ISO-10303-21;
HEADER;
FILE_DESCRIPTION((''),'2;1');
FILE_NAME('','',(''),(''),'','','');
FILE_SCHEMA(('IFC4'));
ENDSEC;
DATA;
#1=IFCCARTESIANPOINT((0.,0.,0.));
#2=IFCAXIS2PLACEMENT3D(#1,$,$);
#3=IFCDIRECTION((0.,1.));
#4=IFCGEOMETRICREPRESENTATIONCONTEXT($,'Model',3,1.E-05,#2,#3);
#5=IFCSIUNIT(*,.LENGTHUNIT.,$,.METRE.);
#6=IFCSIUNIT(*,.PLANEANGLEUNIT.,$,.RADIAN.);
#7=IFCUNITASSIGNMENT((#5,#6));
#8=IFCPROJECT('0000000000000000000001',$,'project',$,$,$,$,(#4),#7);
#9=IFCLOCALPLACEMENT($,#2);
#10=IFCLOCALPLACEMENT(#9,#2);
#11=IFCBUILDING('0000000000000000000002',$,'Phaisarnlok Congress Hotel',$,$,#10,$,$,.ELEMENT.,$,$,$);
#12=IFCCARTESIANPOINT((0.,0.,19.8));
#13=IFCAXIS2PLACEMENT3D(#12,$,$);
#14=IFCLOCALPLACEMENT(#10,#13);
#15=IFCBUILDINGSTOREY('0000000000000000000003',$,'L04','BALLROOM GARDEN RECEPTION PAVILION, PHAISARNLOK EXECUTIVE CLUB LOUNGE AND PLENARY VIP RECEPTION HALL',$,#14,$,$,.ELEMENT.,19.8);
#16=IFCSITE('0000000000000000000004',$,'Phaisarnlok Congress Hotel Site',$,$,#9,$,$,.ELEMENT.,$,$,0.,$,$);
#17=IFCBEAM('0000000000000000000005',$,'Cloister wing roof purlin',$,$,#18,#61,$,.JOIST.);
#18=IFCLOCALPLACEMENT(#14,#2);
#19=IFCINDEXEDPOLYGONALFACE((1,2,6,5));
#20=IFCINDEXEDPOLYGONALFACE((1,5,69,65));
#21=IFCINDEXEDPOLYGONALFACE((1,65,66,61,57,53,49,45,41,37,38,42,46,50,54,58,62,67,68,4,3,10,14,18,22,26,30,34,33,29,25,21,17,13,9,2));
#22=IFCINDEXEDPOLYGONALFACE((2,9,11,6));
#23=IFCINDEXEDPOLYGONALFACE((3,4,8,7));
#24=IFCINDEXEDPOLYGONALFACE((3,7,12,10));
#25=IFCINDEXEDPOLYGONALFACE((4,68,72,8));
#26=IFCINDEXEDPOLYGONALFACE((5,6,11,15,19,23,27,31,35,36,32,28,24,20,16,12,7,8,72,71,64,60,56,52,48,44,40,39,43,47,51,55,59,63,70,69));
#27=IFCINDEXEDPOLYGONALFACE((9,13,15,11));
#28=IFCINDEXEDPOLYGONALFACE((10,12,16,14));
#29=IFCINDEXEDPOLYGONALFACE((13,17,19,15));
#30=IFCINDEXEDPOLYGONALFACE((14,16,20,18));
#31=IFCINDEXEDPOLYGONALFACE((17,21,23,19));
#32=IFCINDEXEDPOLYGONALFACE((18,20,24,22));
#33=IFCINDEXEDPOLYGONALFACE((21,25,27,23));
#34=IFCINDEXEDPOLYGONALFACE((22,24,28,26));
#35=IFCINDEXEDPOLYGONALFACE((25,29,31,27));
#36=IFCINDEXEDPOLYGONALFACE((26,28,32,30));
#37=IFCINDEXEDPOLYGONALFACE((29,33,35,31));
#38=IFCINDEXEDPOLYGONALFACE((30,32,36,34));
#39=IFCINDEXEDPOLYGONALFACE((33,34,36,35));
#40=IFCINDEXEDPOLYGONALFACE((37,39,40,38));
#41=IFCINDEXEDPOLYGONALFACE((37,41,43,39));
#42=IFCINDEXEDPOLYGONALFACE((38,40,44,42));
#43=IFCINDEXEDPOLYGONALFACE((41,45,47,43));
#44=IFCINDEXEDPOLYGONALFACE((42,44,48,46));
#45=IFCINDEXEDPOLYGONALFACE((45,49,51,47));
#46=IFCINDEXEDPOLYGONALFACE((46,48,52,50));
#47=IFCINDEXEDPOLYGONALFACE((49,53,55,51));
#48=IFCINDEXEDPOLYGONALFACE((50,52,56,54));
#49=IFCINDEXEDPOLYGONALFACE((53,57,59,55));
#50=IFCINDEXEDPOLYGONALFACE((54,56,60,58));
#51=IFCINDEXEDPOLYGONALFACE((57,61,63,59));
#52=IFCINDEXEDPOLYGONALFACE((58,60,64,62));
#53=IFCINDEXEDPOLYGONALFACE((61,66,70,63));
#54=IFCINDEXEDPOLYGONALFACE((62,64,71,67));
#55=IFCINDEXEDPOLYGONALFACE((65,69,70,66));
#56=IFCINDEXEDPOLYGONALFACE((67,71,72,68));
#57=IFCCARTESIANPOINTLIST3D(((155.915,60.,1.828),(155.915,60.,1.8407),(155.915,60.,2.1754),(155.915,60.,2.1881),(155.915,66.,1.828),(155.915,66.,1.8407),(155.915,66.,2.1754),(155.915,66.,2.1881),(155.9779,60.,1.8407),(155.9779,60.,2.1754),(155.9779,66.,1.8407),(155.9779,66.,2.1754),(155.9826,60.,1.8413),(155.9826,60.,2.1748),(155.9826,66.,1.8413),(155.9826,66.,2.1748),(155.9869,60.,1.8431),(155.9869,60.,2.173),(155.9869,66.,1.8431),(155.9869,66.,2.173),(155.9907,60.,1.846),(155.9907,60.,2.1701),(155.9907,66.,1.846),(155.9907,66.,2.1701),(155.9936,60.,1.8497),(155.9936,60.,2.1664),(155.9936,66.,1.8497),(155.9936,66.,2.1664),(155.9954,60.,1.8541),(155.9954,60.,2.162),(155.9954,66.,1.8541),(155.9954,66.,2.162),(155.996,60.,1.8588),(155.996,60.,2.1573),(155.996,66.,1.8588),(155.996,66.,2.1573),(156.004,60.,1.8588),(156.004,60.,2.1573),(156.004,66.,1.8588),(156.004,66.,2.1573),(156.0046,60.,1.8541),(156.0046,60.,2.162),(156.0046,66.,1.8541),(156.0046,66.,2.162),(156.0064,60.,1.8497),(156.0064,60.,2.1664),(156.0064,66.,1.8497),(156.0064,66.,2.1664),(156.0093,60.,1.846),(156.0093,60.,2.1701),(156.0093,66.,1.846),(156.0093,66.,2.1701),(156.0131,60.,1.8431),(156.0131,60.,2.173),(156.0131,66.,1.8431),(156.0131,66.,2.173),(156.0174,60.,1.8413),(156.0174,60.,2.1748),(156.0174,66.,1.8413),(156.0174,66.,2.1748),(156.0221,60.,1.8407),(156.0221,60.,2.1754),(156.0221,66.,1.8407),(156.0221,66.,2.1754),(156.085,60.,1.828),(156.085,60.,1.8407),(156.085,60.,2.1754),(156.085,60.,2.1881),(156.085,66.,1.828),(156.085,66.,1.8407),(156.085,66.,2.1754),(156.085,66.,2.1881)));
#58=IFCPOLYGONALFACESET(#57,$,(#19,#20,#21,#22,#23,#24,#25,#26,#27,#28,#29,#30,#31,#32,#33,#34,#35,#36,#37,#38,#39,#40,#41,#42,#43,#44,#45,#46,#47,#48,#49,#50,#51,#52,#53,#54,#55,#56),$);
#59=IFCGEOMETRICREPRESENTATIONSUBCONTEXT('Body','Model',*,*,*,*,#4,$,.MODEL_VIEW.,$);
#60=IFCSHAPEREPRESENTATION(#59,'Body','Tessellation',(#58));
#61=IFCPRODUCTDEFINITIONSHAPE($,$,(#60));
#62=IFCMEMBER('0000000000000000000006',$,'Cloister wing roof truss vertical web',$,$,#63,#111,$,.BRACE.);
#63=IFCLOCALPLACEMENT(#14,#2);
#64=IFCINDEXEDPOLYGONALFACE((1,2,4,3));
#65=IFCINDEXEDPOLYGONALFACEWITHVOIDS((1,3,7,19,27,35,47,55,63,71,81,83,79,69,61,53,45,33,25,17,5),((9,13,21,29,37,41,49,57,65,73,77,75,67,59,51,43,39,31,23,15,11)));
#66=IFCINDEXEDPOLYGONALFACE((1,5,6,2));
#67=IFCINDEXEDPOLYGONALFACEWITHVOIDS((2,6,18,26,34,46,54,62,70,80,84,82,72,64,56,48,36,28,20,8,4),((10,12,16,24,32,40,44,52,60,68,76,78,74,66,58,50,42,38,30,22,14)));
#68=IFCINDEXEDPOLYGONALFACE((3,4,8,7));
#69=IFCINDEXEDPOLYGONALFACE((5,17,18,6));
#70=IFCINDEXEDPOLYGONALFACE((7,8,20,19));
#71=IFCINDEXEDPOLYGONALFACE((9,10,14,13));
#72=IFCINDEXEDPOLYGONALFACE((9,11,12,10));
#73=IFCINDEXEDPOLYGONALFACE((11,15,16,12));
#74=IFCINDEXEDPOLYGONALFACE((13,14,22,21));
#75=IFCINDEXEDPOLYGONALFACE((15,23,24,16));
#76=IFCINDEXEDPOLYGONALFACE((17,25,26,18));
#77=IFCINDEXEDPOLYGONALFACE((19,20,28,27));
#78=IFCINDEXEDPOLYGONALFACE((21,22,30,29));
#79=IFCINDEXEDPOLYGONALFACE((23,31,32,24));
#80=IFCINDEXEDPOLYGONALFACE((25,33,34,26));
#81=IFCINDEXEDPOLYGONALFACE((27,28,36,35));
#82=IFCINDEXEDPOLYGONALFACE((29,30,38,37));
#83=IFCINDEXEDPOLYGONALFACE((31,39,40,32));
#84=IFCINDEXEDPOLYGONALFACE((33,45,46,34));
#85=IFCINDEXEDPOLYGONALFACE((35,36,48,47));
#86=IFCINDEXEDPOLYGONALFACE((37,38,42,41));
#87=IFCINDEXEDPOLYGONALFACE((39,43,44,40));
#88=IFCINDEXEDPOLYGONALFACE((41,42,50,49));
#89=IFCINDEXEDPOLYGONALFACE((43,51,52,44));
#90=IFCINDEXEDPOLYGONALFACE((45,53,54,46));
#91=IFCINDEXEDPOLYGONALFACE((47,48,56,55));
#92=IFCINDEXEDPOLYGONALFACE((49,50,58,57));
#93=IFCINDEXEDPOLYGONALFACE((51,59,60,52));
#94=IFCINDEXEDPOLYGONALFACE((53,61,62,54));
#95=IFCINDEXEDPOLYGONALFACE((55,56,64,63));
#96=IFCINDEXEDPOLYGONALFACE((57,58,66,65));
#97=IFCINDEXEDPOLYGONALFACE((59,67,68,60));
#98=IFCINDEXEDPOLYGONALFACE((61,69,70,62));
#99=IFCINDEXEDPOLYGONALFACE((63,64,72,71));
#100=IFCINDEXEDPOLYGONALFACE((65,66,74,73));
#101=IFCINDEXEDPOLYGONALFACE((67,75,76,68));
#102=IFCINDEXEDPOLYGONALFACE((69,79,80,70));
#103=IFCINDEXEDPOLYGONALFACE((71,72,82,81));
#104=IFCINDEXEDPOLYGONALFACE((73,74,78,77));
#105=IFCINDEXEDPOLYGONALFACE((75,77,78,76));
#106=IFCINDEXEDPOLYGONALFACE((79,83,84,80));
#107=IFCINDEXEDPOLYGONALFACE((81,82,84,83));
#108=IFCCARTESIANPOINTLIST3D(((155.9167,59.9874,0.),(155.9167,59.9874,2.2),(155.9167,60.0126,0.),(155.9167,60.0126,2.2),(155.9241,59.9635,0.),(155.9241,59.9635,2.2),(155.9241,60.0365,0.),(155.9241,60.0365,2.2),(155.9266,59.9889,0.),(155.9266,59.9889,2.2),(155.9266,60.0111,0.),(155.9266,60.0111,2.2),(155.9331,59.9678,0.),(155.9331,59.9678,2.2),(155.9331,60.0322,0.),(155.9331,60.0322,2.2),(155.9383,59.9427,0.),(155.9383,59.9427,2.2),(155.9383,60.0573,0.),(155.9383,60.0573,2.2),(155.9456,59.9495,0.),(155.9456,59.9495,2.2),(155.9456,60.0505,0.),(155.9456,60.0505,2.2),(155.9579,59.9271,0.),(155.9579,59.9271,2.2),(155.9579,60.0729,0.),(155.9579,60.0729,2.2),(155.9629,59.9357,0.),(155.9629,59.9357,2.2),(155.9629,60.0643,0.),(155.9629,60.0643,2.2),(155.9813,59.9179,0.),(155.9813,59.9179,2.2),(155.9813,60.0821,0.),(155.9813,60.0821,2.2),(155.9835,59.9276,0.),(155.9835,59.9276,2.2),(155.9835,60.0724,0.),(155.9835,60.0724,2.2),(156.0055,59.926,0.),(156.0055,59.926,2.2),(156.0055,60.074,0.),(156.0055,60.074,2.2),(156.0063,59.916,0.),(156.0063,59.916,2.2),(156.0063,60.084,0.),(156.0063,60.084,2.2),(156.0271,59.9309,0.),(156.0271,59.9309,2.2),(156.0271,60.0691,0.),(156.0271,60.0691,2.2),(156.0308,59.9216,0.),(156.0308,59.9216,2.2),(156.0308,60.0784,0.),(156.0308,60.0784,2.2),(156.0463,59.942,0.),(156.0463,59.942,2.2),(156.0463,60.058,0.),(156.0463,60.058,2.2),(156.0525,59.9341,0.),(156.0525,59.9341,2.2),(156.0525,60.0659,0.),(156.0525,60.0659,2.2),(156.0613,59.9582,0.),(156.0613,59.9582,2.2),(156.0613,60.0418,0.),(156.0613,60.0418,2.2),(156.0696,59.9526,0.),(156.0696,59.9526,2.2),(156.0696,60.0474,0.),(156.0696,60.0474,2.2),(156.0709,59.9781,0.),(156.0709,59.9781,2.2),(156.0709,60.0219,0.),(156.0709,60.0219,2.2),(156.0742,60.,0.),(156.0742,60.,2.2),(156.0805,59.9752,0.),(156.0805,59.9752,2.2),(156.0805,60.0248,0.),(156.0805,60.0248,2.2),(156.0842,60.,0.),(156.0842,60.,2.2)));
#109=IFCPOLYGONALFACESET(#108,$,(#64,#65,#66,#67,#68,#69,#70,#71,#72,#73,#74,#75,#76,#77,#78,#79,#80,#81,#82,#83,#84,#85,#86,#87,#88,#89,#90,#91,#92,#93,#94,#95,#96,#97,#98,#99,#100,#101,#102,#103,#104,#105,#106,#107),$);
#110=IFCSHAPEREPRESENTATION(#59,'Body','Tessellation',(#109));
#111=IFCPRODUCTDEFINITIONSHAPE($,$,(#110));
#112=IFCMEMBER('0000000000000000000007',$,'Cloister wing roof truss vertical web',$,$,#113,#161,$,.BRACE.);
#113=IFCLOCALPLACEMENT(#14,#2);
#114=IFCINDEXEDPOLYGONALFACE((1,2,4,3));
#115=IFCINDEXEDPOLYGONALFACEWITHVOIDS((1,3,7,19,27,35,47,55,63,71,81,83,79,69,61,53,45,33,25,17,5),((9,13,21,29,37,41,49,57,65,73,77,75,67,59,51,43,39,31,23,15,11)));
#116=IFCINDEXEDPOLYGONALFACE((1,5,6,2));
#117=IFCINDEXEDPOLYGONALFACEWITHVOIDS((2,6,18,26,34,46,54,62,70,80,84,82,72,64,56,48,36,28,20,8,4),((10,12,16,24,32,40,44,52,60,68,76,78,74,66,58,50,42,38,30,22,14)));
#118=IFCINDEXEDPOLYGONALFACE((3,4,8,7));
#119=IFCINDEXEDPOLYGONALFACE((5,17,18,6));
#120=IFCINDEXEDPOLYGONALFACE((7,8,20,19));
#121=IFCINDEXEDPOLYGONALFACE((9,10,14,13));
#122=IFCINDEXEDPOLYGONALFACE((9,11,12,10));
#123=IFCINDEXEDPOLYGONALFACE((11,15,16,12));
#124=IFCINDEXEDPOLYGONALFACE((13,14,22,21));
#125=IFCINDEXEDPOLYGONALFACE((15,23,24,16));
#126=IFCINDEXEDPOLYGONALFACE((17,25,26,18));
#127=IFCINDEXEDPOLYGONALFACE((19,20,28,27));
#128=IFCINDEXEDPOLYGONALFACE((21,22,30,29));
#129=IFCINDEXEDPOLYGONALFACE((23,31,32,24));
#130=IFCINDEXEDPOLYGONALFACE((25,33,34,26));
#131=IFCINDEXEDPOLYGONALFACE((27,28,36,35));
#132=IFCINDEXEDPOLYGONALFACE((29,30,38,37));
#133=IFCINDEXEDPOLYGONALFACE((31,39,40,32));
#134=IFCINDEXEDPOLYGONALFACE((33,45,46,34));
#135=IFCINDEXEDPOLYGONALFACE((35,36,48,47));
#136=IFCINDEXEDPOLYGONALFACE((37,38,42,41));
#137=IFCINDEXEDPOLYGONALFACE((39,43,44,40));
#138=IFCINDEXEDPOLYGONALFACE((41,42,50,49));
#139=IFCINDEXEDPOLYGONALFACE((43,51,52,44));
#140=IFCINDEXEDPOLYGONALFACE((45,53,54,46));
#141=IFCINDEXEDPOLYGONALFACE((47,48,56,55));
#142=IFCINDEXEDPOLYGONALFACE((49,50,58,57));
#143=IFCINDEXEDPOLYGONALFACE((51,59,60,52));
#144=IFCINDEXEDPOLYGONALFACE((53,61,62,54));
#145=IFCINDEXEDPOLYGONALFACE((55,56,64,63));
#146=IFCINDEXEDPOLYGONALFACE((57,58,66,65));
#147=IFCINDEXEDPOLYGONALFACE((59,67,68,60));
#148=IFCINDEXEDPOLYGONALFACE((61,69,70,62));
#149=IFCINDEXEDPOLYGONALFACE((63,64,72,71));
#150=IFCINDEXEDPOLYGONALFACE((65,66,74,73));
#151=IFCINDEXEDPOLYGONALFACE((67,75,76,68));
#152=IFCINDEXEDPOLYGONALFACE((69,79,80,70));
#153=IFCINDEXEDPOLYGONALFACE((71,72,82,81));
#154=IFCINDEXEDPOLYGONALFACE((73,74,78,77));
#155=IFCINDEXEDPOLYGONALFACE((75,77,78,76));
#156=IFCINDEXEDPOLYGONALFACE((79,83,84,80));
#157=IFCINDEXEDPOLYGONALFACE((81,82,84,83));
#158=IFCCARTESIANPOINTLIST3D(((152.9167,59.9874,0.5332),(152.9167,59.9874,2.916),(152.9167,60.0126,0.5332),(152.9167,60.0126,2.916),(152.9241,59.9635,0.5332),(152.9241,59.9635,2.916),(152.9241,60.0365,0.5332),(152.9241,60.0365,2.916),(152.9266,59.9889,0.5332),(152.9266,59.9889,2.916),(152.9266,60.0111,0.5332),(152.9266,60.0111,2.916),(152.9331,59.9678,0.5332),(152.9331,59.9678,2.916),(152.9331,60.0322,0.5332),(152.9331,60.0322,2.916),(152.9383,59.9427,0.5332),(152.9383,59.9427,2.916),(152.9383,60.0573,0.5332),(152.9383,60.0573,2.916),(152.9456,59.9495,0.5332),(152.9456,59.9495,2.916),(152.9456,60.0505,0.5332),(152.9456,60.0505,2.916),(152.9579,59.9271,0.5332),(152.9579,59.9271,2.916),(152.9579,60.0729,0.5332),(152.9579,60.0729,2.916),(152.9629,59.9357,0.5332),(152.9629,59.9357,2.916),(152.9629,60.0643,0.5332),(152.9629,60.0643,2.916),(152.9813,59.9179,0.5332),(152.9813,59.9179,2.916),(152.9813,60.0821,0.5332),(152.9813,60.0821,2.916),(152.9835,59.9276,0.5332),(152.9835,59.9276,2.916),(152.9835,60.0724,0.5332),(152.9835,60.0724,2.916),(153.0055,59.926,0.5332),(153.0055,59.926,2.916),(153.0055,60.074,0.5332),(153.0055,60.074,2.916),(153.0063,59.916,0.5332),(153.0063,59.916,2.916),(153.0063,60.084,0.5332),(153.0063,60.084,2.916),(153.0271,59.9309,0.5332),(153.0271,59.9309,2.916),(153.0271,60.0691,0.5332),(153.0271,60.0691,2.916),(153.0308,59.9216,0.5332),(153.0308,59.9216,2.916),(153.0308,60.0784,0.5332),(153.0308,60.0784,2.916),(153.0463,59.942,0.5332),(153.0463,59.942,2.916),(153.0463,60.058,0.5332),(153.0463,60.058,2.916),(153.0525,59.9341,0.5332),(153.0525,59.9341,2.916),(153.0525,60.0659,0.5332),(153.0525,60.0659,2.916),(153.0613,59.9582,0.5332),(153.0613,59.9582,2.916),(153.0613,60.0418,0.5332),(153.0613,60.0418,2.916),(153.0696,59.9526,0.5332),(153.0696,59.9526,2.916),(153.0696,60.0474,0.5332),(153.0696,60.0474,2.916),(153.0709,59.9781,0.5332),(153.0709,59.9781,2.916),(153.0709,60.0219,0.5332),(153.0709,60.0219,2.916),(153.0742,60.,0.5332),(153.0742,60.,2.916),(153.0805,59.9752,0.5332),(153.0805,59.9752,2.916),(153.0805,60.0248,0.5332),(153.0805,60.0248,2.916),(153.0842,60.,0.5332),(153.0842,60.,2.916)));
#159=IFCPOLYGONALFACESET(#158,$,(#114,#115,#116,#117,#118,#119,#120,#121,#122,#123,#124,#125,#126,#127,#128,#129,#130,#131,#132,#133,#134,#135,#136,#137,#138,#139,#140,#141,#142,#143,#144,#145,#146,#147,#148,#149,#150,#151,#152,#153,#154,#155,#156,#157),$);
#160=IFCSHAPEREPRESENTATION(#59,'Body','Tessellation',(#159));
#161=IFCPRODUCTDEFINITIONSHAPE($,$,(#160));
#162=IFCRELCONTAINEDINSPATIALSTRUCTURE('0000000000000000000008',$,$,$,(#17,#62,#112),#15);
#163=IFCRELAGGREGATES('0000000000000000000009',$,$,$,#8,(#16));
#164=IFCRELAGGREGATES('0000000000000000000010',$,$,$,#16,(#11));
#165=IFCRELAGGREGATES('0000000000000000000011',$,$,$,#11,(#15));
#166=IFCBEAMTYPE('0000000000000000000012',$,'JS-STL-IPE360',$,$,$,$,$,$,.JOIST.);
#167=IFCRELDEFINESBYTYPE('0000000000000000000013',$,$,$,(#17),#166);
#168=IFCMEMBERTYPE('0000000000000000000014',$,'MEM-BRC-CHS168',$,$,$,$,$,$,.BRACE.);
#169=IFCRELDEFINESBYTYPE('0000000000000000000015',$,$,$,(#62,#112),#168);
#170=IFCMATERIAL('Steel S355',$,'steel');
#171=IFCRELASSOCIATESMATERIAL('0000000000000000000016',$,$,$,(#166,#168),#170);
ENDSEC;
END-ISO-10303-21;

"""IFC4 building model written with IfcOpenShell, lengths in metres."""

from ifc_helpers import new_model, si_unit, direction, frame, origin, origin_2d, place, context, subcontext, project, spatial, hollow_circle, i_section, extrude, material, material_profile, profile_set, type_object, element, save


model = new_model("IFC4")

# Units and contexts
model_context = context("Model", 3, precision=1e-05, world=origin(), true_north=direction((0.0, 1.0)))
body_context = subcontext(model_context, "Body", "Model", "MODEL_VIEW")
ifc_project = project(units=[si_unit("LENGTHUNIT", "METRE"), si_unit("PLANEANGLEUNIT", "RADIAN")], contexts=[model_context])

# Site, building, storey
site_placement = place(None, origin())
site = spatial("IfcSite", under=ifc_project, at=site_placement, Name="Phaisarnlok Congress Hotel Site", CompositionType="ELEMENT", RefElevation=0.0)
building_placement = place(site_placement, origin())
building = spatial("IfcBuilding", under=site, at=building_placement, Name="Phaisarnlok Congress Hotel", CompositionType="ELEMENT")
storey_placement = place(building_placement, frame((0.0, 0.0, 19.8)))
storey = spatial("IfcBuildingStorey", under=building, at=storey_placement, Name="L04", Description="BALLROOM GARDEN RECEPTION PAVILION, PHAISARNLOK EXECUTIVE CLUB LOUNGE AND PLENARY VIP RECEPTION HALL", CompositionType="ELEMENT", Elevation=19.8)

# Beam
ifc_material_1 = material(Name="Steel S355", Category="steel")
ifc_material_profile_1 = material_profile(ifc_material_1, i_section(OverallWidth=0.1699, OverallDepth=0.3601, WebThickness=0.0081, FlangeThickness=0.0127, FilletRadius=0.0181, at=origin_2d()), Name="IPE 360")
ifc_profile_set_1 = profile_set([ifc_material_profile_1], Name="Steel S355")
beam_type_1 = type_object("IfcBeamType", Name="JS-STL-IPE360", PredefinedType="JOIST", material=ifc_profile_set_1)
for number, where, z_axis, x_axis, name in (
    (1, (156.0, 60.0, 2.0081), (0.0, 1.0, 0.0), (-1.0, 0.0, 0.0), "Cloister wing roof purlin"),
):
    element("IfcBeam", number, at=place(storey_placement, frame(where, z_axis=z_axis, x_axis=x_axis)), inside=storey, type_object=beam_type_1, Name=name, PredefinedType="JOIST", context=body_context, shape_type="SweptSolid", body=[
        extrude(i_section(OverallWidth=0.1699, OverallDepth=0.3601, WebThickness=0.0081, FlangeThickness=0.0127, FilletRadius=0.0181, at=origin_2d()), origin(), (0.0, 0.0, 1.0), 6.0),
    ])

# Members
ifc_material_profile_2 = material_profile(ifc_material_1, hollow_circle(Radius=0.0842, WallThickness=0.01, at=origin_2d()), Name="CHS 168.3x10")
ifc_profile_set_2 = profile_set([ifc_material_profile_2], Name="Steel S355")
member_type_1 = type_object("IfcMemberType", Name="MEM-BRC-CHS168", PredefinedType="BRACE", material=ifc_profile_set_2)
member_1_placement = place(storey_placement, frame((156.0, 60.0, 0.0), z_axis=(0.0, 0.0, 1.0), x_axis=(1.0, 0.0, 0.0)))
element("IfcMember", 2, at=member_1_placement, inside=storey, type_object=member_type_1, Name="Cloister wing roof truss vertical web", PredefinedType="BRACE", context=body_context, shape_type="SweptSolid", body=[
    extrude(hollow_circle(Radius=0.0842, WallThickness=0.01, at=origin_2d()), origin(), (0.0, 0.0, 1.0), 2.2),
])
member_2_placement = place(storey_placement, frame((153.0, 60.0, 0.5332), z_axis=(0.0, 0.0, 1.0), x_axis=(1.0, 0.0, 0.0)))
element("IfcMember", 3, at=member_2_placement, inside=storey, type_object=member_type_1, Name="Cloister wing roof truss vertical web", PredefinedType="BRACE", context=body_context, shape_type="SweptSolid", body=[
    extrude(hollow_circle(Radius=0.0842, WallThickness=0.01, at=origin_2d()), origin(), (0.0, 0.0, 1.0), 2.3828),
])

save(model, "model.ifc")
